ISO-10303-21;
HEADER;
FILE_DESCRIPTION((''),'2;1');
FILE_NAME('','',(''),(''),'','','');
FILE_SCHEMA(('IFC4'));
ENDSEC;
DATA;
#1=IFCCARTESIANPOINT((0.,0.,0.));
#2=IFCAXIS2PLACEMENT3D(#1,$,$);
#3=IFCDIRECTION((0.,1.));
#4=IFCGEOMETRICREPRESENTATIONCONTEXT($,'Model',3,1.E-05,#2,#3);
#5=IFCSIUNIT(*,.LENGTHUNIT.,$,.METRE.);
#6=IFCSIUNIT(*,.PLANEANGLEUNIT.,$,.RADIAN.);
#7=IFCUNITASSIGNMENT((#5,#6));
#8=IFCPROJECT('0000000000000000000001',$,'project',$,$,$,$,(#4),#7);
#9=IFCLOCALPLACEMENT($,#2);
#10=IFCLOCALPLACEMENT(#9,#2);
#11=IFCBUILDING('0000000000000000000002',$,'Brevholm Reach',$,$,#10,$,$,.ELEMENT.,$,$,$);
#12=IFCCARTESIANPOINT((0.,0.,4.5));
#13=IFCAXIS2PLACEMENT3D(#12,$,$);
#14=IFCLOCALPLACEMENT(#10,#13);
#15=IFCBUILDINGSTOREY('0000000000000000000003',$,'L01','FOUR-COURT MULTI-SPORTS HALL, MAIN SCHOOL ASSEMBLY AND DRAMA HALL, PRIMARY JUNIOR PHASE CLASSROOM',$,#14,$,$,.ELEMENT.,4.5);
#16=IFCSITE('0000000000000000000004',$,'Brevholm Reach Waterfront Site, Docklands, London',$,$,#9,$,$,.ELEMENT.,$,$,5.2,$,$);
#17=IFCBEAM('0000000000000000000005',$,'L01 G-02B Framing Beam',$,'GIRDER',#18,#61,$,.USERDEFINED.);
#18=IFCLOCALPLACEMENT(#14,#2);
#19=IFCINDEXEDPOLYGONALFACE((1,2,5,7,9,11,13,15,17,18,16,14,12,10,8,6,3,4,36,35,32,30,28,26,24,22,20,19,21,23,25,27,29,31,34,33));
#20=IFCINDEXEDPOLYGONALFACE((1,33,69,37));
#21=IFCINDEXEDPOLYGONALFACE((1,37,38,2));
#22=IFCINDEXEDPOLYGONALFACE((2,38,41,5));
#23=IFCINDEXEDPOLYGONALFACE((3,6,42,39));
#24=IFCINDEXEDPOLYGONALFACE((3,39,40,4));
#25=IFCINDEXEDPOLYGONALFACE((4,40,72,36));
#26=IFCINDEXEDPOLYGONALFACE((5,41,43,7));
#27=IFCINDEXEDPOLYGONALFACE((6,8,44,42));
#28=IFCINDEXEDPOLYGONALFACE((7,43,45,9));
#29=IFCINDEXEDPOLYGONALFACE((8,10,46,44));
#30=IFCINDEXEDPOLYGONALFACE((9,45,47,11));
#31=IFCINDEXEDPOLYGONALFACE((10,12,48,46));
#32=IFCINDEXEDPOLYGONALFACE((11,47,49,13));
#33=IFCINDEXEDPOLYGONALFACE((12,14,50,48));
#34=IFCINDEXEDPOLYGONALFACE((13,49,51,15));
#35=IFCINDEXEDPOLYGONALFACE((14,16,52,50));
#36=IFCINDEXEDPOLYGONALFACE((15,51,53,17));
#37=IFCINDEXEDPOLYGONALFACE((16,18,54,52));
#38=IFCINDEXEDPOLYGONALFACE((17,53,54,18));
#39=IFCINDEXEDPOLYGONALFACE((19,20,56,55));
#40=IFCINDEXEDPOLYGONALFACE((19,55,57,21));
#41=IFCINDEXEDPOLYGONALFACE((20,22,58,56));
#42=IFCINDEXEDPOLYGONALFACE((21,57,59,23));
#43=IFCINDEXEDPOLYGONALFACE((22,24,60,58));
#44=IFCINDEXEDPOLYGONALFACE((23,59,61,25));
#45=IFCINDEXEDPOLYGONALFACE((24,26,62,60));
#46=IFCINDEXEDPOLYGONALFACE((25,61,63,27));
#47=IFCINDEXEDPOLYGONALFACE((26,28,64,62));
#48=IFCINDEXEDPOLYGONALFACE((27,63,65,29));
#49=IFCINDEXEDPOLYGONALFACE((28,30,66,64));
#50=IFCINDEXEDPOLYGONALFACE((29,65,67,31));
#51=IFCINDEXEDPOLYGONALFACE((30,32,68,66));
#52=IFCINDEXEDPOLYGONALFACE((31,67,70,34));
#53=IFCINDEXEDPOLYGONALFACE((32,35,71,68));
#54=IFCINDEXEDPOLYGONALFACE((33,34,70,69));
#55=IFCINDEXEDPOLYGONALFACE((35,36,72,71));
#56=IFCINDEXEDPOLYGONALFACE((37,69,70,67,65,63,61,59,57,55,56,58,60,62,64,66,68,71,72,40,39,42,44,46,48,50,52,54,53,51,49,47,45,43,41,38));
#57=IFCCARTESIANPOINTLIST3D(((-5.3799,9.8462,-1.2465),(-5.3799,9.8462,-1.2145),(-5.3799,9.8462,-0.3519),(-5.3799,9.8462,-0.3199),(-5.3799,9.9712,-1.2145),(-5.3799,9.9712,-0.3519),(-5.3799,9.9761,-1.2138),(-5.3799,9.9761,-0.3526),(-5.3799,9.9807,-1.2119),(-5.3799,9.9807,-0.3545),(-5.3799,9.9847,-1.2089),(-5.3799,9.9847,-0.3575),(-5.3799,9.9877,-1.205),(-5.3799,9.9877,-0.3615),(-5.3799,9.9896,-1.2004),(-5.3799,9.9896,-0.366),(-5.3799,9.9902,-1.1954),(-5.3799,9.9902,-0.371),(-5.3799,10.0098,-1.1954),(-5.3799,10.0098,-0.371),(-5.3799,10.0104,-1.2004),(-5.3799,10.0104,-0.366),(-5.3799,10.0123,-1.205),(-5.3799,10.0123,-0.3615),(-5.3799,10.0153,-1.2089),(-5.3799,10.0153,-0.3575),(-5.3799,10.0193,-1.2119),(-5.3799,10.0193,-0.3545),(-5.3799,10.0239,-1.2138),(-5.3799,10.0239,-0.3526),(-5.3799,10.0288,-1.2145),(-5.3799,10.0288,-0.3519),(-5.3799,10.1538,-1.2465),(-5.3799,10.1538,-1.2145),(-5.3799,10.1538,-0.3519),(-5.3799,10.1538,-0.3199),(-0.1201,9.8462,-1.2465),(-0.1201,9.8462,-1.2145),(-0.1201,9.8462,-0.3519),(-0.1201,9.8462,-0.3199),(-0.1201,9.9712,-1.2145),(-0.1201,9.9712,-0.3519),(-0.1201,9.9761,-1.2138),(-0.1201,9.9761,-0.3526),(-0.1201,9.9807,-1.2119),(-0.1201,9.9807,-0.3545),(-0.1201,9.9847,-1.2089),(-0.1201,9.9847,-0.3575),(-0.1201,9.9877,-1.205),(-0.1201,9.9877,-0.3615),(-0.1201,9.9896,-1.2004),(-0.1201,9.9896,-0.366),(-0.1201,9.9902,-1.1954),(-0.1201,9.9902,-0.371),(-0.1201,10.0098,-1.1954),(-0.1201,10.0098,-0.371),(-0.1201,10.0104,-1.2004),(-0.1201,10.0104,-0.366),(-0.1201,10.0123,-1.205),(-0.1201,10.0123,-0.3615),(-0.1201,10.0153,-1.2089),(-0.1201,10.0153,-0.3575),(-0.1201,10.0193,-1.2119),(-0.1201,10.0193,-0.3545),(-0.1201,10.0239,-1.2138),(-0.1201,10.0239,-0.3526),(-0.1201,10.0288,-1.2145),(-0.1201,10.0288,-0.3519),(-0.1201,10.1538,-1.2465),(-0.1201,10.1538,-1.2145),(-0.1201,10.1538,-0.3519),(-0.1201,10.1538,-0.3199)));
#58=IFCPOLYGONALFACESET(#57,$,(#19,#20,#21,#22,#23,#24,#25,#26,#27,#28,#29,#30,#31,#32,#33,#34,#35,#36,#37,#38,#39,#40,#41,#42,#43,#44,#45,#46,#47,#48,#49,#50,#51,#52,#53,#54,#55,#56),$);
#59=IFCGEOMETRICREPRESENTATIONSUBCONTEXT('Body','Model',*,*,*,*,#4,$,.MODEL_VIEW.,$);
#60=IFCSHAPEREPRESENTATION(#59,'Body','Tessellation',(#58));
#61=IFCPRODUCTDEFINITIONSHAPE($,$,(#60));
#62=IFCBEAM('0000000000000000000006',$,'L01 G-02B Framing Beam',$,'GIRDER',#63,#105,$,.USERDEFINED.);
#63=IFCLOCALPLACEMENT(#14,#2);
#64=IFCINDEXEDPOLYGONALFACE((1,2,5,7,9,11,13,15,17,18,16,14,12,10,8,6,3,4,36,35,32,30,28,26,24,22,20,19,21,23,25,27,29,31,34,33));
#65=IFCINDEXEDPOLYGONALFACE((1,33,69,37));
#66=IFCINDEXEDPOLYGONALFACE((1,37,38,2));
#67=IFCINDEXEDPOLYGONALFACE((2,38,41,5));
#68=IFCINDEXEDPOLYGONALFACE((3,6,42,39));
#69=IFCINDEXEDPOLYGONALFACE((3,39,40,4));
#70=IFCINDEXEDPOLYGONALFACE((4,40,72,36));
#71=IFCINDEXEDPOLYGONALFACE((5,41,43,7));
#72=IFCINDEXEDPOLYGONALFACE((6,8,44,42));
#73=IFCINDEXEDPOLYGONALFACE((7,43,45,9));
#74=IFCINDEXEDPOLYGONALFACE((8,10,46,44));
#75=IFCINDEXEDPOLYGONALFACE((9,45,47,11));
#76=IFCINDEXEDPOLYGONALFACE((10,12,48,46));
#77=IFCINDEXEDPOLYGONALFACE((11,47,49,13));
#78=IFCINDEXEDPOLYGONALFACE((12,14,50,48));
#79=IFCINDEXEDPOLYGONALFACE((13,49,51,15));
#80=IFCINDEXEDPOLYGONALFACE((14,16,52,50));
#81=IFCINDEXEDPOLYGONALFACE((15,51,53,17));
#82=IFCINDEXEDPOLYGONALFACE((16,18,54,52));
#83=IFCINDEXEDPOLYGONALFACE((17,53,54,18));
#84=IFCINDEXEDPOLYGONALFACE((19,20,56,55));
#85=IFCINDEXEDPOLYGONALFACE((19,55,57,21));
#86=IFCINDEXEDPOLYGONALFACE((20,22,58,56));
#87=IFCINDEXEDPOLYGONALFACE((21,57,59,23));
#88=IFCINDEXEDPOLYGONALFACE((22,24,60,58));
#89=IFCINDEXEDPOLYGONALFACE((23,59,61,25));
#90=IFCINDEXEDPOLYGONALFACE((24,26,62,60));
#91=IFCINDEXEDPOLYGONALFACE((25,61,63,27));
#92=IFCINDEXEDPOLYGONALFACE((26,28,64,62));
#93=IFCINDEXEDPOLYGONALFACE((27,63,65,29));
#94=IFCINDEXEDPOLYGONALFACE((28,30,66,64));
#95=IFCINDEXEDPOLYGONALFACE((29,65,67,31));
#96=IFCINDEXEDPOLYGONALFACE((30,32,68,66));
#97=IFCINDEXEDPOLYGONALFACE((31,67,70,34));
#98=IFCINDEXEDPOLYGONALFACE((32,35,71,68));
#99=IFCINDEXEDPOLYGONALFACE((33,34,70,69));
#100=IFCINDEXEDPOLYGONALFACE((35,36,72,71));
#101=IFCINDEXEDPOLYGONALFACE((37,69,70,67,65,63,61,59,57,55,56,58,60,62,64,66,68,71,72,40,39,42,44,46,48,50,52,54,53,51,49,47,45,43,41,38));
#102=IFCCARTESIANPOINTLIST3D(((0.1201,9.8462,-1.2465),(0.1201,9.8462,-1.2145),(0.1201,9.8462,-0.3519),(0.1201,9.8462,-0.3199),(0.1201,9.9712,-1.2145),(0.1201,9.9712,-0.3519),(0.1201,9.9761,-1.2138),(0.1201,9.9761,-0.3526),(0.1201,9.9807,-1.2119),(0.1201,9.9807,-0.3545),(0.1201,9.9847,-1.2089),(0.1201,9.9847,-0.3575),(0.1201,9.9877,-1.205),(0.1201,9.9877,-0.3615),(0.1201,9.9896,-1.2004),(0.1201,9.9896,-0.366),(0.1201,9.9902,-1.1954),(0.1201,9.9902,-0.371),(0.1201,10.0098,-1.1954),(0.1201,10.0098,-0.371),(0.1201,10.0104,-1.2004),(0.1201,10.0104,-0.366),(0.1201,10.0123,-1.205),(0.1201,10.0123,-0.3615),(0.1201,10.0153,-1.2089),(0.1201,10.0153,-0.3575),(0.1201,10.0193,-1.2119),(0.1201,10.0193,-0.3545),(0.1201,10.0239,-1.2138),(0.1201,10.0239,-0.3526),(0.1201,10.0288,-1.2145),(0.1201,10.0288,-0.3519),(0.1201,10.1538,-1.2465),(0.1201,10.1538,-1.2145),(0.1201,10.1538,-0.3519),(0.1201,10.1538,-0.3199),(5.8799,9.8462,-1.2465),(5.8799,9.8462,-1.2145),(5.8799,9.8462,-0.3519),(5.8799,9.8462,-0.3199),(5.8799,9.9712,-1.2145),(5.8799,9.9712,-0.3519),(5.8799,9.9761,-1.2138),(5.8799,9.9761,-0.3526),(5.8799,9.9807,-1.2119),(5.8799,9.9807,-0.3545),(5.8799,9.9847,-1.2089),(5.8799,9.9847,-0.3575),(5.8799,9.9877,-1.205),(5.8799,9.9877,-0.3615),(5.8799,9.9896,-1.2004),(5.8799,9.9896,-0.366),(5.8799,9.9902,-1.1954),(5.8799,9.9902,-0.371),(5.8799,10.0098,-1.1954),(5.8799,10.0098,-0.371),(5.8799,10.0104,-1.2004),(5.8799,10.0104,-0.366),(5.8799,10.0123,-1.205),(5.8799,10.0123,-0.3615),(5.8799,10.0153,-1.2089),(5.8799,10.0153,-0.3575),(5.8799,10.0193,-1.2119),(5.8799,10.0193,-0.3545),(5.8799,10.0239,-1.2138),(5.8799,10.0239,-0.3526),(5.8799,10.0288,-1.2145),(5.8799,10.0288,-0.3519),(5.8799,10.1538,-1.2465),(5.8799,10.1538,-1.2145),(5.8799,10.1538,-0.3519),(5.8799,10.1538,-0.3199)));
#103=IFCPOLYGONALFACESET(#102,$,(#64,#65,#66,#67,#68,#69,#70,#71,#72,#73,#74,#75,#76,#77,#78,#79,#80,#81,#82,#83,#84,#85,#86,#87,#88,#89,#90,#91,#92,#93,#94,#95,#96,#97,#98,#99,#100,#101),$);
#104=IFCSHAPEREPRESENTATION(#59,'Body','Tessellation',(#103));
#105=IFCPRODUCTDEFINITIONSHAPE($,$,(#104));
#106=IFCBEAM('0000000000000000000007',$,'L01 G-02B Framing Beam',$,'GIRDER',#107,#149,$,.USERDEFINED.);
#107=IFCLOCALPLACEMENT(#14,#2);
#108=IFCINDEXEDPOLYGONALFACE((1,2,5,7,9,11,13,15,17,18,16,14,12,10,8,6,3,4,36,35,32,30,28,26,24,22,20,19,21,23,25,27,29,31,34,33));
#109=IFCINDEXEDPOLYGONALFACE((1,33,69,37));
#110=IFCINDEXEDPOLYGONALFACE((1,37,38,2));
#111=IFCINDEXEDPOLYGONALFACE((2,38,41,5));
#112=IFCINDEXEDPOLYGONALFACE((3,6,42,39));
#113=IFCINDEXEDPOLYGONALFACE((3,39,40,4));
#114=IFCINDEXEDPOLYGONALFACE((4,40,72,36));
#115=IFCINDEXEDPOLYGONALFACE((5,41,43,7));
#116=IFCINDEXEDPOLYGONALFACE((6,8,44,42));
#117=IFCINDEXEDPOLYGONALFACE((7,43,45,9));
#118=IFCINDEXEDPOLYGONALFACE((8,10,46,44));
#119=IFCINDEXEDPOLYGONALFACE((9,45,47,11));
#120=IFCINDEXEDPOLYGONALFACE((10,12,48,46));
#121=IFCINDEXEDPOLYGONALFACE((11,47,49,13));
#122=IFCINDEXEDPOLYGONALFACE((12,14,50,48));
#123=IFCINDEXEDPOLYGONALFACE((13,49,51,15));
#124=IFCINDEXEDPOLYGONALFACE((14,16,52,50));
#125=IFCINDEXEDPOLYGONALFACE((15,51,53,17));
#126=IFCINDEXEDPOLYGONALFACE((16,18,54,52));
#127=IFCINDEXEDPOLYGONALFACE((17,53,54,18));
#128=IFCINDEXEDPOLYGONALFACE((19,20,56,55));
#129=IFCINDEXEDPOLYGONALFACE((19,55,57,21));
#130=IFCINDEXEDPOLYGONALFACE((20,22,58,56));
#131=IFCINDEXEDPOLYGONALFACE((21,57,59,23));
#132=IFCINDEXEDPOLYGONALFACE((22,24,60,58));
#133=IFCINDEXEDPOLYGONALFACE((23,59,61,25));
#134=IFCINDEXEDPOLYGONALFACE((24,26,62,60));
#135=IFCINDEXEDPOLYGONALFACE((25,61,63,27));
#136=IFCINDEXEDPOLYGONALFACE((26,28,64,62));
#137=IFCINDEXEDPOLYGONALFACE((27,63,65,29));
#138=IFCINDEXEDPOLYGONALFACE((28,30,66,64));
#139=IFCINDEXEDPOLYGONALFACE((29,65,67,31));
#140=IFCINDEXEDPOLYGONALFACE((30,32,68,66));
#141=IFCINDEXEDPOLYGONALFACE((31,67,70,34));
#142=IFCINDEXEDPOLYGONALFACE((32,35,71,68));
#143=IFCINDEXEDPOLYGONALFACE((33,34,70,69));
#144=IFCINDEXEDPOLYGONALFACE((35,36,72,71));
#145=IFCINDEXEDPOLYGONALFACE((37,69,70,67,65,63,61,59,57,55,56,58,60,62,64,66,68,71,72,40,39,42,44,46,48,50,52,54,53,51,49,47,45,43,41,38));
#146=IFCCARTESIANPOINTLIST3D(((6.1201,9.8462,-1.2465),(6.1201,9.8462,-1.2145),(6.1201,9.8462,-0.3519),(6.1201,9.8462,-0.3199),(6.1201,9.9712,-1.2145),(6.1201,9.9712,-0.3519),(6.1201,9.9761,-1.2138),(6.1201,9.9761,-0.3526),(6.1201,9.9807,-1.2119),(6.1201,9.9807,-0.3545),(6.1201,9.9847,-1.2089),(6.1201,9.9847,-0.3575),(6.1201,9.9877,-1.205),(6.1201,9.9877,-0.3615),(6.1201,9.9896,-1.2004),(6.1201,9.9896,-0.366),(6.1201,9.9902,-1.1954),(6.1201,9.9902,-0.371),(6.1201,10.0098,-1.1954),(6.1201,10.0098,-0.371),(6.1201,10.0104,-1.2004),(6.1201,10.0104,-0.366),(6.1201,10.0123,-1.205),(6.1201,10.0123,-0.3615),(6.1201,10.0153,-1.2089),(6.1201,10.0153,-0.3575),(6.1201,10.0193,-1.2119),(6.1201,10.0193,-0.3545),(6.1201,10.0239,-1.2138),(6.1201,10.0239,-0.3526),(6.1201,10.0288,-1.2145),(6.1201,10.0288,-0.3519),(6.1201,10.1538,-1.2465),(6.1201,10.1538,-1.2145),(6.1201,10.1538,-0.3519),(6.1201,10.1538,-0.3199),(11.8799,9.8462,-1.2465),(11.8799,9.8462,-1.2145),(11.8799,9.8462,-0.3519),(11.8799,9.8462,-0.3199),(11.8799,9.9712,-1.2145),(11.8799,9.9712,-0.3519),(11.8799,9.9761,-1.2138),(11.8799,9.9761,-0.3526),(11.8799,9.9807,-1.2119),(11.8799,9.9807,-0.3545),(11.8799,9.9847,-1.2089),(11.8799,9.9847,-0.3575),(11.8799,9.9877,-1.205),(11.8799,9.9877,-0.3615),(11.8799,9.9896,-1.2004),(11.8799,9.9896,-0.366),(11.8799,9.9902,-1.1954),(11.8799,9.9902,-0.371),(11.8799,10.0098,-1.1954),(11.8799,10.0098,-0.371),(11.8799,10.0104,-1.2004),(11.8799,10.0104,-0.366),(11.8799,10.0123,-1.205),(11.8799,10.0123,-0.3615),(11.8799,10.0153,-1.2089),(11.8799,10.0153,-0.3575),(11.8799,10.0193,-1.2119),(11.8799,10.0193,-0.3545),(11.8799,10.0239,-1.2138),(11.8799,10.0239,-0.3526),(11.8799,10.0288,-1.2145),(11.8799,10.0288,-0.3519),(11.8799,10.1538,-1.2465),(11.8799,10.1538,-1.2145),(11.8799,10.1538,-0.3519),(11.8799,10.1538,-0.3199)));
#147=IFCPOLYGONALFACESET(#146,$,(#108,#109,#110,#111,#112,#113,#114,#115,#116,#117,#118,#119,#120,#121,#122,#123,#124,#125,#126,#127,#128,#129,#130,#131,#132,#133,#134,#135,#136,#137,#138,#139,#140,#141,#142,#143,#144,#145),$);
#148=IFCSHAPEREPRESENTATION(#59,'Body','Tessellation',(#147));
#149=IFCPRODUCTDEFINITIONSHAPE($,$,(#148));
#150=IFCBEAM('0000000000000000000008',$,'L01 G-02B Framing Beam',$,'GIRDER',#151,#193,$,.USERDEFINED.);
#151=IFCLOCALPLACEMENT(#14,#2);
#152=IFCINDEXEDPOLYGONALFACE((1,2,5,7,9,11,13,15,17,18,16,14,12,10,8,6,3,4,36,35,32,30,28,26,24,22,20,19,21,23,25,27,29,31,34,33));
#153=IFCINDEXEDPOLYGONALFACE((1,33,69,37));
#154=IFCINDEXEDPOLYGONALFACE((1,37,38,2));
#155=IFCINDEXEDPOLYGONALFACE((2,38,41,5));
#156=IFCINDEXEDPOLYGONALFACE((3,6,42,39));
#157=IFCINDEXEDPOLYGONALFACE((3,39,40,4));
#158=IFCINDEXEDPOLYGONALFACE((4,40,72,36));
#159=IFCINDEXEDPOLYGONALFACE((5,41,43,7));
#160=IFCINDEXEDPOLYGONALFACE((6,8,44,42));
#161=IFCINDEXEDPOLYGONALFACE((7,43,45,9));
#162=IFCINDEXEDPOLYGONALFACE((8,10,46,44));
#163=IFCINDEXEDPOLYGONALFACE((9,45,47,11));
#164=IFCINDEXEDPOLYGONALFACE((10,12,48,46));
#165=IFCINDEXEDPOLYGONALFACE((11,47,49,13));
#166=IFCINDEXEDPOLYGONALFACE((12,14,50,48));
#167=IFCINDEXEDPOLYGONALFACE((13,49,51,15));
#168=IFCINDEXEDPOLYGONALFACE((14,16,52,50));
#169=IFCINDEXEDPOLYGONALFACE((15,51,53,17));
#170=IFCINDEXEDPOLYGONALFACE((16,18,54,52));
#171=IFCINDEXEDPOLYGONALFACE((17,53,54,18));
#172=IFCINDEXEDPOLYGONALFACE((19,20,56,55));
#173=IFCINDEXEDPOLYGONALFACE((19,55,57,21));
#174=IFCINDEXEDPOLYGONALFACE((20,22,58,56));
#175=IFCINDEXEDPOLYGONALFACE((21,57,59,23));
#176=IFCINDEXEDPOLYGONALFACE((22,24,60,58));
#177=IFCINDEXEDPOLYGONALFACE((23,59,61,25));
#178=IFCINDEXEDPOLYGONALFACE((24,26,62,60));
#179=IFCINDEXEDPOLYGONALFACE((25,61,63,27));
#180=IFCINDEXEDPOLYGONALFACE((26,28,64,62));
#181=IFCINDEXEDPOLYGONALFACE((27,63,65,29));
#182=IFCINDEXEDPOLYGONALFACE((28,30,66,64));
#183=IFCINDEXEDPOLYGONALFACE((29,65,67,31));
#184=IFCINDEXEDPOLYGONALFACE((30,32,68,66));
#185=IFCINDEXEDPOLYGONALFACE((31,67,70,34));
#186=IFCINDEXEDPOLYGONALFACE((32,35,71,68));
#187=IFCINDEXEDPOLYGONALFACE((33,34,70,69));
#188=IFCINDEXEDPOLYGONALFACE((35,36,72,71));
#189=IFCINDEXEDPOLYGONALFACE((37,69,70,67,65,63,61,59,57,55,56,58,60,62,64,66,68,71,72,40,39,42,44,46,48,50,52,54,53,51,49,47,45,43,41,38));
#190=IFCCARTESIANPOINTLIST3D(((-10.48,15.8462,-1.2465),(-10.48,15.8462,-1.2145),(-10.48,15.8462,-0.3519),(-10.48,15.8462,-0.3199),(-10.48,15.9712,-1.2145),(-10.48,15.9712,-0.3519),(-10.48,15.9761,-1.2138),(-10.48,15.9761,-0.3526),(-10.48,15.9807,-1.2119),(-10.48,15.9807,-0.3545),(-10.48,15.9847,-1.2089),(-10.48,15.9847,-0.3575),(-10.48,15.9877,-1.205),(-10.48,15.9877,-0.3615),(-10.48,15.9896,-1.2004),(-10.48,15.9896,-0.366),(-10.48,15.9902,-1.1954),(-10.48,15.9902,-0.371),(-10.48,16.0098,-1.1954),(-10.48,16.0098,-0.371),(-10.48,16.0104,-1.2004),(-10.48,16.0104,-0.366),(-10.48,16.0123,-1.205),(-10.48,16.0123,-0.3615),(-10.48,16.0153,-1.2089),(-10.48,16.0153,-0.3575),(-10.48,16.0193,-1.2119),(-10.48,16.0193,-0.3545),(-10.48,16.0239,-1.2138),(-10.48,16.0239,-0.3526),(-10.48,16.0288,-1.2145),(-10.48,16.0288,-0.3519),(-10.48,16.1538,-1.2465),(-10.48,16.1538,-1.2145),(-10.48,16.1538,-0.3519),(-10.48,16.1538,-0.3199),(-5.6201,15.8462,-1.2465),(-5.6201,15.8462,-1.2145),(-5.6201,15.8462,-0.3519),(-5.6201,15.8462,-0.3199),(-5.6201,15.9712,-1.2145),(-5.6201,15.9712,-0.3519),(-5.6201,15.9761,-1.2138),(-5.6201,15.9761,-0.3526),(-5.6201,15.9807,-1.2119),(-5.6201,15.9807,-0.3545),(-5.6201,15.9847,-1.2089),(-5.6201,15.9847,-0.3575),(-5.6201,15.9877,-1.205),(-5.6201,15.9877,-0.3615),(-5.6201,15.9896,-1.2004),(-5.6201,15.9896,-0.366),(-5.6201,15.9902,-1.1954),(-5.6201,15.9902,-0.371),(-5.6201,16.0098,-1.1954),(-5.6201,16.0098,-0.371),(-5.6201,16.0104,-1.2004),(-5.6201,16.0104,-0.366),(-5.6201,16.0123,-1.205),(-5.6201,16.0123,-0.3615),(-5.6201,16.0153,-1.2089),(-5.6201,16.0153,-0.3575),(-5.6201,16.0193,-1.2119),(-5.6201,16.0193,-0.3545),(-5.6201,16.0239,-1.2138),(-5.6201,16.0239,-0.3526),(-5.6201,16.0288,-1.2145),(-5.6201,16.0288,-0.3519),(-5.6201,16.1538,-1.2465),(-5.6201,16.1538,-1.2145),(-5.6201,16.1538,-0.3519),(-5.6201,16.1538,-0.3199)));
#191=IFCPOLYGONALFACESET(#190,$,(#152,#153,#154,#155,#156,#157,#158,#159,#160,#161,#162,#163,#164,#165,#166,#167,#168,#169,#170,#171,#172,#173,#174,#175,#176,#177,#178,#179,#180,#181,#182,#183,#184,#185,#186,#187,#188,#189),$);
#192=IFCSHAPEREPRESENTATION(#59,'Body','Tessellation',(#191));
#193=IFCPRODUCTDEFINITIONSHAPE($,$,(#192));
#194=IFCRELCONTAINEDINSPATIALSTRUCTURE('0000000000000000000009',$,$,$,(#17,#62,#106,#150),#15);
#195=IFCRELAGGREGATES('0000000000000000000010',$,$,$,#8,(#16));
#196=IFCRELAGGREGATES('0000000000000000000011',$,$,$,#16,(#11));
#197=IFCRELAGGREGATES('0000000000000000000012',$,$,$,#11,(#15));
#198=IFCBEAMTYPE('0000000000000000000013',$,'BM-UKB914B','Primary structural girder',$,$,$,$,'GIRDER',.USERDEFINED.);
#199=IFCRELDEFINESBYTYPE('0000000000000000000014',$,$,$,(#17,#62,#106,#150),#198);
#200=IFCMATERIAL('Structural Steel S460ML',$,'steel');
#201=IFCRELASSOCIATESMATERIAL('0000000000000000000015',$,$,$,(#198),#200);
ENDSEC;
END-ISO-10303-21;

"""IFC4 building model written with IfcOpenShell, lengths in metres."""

from ifc_helpers import new_model, si_unit, direction, frame, origin, origin_2d, place, context, subcontext, project, spatial, i_section, extrude, material, material_profile, profile_set, type_object, element, save


model = new_model("IFC4")

# Units and contexts
model_context = context("Model", 3, precision=1e-05, world=origin(), true_north=direction((0.0, 1.0)))
body_context = subcontext(model_context, "Body", "Model", "MODEL_VIEW")
ifc_project = project(units=[si_unit("LENGTHUNIT", "METRE"), si_unit("PLANEANGLEUNIT", "RADIAN")], contexts=[model_context])

# Site, building, storey
site_placement = place(None, origin())
site = spatial("IfcSite", under=ifc_project, at=site_placement, Name="Brevholm Reach Waterfront Site, Docklands, London", CompositionType="ELEMENT", RefElevation=5.2)
building_placement = place(site_placement, origin())
building = spatial("IfcBuilding", under=site, at=building_placement, Name="Brevholm Reach", CompositionType="ELEMENT")
storey_placement = place(building_placement, frame((0.0, 0.0, 4.5)))
storey = spatial("IfcBuildingStorey", under=building, at=storey_placement, Name="L01", Description="FOUR-COURT MULTI-SPORTS HALL, MAIN SCHOOL ASSEMBLY AND DRAMA HALL, PRIMARY JUNIOR PHASE CLASSROOM", CompositionType="ELEMENT", Elevation=4.5)

# Beams
ifc_material_1 = material(Name="Structural Steel S460ML", Category="steel")
ifc_material_profile_1 = material_profile(ifc_material_1, i_section(OverallWidth=0.3076, OverallDepth=0.9265, WebThickness=0.0195, FlangeThickness=0.032, FilletRadius=0.019, at=origin_2d()), Name="UKB 914x305x289")
ifc_profile_set_1 = profile_set([ifc_material_profile_1], Name="Structural Steel S460ML")
beam_type_1 = type_object("IfcBeamType", Name="BM-UKB914B", Description="Primary structural girder", ElementType="GIRDER", PredefinedType="USERDEFINED", material=ifc_profile_set_1)
beam_1_placement = place(storey_placement, frame((-5.3799, 10.0, -0.7832), z_axis=(1.0, 0.0, 0.0), x_axis=(0.0, 1.0, 0.0)))
element("IfcBeam", 1, at=beam_1_placement, inside=storey, type_object=beam_type_1, Name="L01 G-02B Framing Beam", ObjectType="GIRDER", PredefinedType="USERDEFINED", context=body_context, shape_type="SweptSolid", body=[
    extrude(i_section(OverallWidth=0.3076, OverallDepth=0.9265, WebThickness=0.0195, FlangeThickness=0.032, FilletRadius=0.019, at=origin_2d()), origin(), (0.0, 0.0, 1.0), 5.2598),
])
for number, where, z_axis, x_axis, name in (
    (2, (0.1201, 10.0, -0.7832), (1.0, 0.0, 0.0), (0.0, 1.0, 0.0), "L01 G-02B Framing Beam"),
    (3, (6.1201, 10.0, -0.7832), (1.0, 0.0, 0.0), (0.0, 1.0, 0.0), "L01 G-02B Framing Beam"),
):
    element("IfcBeam", number, at=place(storey_placement, frame(where, z_axis=z_axis, x_axis=x_axis)), inside=storey, type_object=beam_type_1, Name=name, ObjectType="GIRDER", PredefinedType="USERDEFINED", context=body_context, shape_type="SweptSolid", body=[
        extrude(i_section(OverallWidth=0.3076, OverallDepth=0.9265, WebThickness=0.0195, FlangeThickness=0.032, FilletRadius=0.019, at=origin_2d()), origin(), (0.0, 0.0, 1.0), 5.7598),
    ])
beam_2_placement = place(storey_placement, frame((-10.48, 16.0, -0.7832), z_axis=(1.0, 0.0, 0.0), x_axis=(0.0, 1.0, 0.0)))
element("IfcBeam", 4, at=beam_2_placement, inside=storey, type_object=beam_type_1, Name="L01 G-02B Framing Beam", ObjectType="GIRDER", PredefinedType="USERDEFINED", context=body_context, shape_type="SweptSolid", body=[
    extrude(i_section(OverallWidth=0.3076, OverallDepth=0.9265, WebThickness=0.0195, FlangeThickness=0.032, FilletRadius=0.019, at=origin_2d()), origin(), (0.0, 0.0, 1.0), 4.8599),
])

save(model, "model.ifc")
